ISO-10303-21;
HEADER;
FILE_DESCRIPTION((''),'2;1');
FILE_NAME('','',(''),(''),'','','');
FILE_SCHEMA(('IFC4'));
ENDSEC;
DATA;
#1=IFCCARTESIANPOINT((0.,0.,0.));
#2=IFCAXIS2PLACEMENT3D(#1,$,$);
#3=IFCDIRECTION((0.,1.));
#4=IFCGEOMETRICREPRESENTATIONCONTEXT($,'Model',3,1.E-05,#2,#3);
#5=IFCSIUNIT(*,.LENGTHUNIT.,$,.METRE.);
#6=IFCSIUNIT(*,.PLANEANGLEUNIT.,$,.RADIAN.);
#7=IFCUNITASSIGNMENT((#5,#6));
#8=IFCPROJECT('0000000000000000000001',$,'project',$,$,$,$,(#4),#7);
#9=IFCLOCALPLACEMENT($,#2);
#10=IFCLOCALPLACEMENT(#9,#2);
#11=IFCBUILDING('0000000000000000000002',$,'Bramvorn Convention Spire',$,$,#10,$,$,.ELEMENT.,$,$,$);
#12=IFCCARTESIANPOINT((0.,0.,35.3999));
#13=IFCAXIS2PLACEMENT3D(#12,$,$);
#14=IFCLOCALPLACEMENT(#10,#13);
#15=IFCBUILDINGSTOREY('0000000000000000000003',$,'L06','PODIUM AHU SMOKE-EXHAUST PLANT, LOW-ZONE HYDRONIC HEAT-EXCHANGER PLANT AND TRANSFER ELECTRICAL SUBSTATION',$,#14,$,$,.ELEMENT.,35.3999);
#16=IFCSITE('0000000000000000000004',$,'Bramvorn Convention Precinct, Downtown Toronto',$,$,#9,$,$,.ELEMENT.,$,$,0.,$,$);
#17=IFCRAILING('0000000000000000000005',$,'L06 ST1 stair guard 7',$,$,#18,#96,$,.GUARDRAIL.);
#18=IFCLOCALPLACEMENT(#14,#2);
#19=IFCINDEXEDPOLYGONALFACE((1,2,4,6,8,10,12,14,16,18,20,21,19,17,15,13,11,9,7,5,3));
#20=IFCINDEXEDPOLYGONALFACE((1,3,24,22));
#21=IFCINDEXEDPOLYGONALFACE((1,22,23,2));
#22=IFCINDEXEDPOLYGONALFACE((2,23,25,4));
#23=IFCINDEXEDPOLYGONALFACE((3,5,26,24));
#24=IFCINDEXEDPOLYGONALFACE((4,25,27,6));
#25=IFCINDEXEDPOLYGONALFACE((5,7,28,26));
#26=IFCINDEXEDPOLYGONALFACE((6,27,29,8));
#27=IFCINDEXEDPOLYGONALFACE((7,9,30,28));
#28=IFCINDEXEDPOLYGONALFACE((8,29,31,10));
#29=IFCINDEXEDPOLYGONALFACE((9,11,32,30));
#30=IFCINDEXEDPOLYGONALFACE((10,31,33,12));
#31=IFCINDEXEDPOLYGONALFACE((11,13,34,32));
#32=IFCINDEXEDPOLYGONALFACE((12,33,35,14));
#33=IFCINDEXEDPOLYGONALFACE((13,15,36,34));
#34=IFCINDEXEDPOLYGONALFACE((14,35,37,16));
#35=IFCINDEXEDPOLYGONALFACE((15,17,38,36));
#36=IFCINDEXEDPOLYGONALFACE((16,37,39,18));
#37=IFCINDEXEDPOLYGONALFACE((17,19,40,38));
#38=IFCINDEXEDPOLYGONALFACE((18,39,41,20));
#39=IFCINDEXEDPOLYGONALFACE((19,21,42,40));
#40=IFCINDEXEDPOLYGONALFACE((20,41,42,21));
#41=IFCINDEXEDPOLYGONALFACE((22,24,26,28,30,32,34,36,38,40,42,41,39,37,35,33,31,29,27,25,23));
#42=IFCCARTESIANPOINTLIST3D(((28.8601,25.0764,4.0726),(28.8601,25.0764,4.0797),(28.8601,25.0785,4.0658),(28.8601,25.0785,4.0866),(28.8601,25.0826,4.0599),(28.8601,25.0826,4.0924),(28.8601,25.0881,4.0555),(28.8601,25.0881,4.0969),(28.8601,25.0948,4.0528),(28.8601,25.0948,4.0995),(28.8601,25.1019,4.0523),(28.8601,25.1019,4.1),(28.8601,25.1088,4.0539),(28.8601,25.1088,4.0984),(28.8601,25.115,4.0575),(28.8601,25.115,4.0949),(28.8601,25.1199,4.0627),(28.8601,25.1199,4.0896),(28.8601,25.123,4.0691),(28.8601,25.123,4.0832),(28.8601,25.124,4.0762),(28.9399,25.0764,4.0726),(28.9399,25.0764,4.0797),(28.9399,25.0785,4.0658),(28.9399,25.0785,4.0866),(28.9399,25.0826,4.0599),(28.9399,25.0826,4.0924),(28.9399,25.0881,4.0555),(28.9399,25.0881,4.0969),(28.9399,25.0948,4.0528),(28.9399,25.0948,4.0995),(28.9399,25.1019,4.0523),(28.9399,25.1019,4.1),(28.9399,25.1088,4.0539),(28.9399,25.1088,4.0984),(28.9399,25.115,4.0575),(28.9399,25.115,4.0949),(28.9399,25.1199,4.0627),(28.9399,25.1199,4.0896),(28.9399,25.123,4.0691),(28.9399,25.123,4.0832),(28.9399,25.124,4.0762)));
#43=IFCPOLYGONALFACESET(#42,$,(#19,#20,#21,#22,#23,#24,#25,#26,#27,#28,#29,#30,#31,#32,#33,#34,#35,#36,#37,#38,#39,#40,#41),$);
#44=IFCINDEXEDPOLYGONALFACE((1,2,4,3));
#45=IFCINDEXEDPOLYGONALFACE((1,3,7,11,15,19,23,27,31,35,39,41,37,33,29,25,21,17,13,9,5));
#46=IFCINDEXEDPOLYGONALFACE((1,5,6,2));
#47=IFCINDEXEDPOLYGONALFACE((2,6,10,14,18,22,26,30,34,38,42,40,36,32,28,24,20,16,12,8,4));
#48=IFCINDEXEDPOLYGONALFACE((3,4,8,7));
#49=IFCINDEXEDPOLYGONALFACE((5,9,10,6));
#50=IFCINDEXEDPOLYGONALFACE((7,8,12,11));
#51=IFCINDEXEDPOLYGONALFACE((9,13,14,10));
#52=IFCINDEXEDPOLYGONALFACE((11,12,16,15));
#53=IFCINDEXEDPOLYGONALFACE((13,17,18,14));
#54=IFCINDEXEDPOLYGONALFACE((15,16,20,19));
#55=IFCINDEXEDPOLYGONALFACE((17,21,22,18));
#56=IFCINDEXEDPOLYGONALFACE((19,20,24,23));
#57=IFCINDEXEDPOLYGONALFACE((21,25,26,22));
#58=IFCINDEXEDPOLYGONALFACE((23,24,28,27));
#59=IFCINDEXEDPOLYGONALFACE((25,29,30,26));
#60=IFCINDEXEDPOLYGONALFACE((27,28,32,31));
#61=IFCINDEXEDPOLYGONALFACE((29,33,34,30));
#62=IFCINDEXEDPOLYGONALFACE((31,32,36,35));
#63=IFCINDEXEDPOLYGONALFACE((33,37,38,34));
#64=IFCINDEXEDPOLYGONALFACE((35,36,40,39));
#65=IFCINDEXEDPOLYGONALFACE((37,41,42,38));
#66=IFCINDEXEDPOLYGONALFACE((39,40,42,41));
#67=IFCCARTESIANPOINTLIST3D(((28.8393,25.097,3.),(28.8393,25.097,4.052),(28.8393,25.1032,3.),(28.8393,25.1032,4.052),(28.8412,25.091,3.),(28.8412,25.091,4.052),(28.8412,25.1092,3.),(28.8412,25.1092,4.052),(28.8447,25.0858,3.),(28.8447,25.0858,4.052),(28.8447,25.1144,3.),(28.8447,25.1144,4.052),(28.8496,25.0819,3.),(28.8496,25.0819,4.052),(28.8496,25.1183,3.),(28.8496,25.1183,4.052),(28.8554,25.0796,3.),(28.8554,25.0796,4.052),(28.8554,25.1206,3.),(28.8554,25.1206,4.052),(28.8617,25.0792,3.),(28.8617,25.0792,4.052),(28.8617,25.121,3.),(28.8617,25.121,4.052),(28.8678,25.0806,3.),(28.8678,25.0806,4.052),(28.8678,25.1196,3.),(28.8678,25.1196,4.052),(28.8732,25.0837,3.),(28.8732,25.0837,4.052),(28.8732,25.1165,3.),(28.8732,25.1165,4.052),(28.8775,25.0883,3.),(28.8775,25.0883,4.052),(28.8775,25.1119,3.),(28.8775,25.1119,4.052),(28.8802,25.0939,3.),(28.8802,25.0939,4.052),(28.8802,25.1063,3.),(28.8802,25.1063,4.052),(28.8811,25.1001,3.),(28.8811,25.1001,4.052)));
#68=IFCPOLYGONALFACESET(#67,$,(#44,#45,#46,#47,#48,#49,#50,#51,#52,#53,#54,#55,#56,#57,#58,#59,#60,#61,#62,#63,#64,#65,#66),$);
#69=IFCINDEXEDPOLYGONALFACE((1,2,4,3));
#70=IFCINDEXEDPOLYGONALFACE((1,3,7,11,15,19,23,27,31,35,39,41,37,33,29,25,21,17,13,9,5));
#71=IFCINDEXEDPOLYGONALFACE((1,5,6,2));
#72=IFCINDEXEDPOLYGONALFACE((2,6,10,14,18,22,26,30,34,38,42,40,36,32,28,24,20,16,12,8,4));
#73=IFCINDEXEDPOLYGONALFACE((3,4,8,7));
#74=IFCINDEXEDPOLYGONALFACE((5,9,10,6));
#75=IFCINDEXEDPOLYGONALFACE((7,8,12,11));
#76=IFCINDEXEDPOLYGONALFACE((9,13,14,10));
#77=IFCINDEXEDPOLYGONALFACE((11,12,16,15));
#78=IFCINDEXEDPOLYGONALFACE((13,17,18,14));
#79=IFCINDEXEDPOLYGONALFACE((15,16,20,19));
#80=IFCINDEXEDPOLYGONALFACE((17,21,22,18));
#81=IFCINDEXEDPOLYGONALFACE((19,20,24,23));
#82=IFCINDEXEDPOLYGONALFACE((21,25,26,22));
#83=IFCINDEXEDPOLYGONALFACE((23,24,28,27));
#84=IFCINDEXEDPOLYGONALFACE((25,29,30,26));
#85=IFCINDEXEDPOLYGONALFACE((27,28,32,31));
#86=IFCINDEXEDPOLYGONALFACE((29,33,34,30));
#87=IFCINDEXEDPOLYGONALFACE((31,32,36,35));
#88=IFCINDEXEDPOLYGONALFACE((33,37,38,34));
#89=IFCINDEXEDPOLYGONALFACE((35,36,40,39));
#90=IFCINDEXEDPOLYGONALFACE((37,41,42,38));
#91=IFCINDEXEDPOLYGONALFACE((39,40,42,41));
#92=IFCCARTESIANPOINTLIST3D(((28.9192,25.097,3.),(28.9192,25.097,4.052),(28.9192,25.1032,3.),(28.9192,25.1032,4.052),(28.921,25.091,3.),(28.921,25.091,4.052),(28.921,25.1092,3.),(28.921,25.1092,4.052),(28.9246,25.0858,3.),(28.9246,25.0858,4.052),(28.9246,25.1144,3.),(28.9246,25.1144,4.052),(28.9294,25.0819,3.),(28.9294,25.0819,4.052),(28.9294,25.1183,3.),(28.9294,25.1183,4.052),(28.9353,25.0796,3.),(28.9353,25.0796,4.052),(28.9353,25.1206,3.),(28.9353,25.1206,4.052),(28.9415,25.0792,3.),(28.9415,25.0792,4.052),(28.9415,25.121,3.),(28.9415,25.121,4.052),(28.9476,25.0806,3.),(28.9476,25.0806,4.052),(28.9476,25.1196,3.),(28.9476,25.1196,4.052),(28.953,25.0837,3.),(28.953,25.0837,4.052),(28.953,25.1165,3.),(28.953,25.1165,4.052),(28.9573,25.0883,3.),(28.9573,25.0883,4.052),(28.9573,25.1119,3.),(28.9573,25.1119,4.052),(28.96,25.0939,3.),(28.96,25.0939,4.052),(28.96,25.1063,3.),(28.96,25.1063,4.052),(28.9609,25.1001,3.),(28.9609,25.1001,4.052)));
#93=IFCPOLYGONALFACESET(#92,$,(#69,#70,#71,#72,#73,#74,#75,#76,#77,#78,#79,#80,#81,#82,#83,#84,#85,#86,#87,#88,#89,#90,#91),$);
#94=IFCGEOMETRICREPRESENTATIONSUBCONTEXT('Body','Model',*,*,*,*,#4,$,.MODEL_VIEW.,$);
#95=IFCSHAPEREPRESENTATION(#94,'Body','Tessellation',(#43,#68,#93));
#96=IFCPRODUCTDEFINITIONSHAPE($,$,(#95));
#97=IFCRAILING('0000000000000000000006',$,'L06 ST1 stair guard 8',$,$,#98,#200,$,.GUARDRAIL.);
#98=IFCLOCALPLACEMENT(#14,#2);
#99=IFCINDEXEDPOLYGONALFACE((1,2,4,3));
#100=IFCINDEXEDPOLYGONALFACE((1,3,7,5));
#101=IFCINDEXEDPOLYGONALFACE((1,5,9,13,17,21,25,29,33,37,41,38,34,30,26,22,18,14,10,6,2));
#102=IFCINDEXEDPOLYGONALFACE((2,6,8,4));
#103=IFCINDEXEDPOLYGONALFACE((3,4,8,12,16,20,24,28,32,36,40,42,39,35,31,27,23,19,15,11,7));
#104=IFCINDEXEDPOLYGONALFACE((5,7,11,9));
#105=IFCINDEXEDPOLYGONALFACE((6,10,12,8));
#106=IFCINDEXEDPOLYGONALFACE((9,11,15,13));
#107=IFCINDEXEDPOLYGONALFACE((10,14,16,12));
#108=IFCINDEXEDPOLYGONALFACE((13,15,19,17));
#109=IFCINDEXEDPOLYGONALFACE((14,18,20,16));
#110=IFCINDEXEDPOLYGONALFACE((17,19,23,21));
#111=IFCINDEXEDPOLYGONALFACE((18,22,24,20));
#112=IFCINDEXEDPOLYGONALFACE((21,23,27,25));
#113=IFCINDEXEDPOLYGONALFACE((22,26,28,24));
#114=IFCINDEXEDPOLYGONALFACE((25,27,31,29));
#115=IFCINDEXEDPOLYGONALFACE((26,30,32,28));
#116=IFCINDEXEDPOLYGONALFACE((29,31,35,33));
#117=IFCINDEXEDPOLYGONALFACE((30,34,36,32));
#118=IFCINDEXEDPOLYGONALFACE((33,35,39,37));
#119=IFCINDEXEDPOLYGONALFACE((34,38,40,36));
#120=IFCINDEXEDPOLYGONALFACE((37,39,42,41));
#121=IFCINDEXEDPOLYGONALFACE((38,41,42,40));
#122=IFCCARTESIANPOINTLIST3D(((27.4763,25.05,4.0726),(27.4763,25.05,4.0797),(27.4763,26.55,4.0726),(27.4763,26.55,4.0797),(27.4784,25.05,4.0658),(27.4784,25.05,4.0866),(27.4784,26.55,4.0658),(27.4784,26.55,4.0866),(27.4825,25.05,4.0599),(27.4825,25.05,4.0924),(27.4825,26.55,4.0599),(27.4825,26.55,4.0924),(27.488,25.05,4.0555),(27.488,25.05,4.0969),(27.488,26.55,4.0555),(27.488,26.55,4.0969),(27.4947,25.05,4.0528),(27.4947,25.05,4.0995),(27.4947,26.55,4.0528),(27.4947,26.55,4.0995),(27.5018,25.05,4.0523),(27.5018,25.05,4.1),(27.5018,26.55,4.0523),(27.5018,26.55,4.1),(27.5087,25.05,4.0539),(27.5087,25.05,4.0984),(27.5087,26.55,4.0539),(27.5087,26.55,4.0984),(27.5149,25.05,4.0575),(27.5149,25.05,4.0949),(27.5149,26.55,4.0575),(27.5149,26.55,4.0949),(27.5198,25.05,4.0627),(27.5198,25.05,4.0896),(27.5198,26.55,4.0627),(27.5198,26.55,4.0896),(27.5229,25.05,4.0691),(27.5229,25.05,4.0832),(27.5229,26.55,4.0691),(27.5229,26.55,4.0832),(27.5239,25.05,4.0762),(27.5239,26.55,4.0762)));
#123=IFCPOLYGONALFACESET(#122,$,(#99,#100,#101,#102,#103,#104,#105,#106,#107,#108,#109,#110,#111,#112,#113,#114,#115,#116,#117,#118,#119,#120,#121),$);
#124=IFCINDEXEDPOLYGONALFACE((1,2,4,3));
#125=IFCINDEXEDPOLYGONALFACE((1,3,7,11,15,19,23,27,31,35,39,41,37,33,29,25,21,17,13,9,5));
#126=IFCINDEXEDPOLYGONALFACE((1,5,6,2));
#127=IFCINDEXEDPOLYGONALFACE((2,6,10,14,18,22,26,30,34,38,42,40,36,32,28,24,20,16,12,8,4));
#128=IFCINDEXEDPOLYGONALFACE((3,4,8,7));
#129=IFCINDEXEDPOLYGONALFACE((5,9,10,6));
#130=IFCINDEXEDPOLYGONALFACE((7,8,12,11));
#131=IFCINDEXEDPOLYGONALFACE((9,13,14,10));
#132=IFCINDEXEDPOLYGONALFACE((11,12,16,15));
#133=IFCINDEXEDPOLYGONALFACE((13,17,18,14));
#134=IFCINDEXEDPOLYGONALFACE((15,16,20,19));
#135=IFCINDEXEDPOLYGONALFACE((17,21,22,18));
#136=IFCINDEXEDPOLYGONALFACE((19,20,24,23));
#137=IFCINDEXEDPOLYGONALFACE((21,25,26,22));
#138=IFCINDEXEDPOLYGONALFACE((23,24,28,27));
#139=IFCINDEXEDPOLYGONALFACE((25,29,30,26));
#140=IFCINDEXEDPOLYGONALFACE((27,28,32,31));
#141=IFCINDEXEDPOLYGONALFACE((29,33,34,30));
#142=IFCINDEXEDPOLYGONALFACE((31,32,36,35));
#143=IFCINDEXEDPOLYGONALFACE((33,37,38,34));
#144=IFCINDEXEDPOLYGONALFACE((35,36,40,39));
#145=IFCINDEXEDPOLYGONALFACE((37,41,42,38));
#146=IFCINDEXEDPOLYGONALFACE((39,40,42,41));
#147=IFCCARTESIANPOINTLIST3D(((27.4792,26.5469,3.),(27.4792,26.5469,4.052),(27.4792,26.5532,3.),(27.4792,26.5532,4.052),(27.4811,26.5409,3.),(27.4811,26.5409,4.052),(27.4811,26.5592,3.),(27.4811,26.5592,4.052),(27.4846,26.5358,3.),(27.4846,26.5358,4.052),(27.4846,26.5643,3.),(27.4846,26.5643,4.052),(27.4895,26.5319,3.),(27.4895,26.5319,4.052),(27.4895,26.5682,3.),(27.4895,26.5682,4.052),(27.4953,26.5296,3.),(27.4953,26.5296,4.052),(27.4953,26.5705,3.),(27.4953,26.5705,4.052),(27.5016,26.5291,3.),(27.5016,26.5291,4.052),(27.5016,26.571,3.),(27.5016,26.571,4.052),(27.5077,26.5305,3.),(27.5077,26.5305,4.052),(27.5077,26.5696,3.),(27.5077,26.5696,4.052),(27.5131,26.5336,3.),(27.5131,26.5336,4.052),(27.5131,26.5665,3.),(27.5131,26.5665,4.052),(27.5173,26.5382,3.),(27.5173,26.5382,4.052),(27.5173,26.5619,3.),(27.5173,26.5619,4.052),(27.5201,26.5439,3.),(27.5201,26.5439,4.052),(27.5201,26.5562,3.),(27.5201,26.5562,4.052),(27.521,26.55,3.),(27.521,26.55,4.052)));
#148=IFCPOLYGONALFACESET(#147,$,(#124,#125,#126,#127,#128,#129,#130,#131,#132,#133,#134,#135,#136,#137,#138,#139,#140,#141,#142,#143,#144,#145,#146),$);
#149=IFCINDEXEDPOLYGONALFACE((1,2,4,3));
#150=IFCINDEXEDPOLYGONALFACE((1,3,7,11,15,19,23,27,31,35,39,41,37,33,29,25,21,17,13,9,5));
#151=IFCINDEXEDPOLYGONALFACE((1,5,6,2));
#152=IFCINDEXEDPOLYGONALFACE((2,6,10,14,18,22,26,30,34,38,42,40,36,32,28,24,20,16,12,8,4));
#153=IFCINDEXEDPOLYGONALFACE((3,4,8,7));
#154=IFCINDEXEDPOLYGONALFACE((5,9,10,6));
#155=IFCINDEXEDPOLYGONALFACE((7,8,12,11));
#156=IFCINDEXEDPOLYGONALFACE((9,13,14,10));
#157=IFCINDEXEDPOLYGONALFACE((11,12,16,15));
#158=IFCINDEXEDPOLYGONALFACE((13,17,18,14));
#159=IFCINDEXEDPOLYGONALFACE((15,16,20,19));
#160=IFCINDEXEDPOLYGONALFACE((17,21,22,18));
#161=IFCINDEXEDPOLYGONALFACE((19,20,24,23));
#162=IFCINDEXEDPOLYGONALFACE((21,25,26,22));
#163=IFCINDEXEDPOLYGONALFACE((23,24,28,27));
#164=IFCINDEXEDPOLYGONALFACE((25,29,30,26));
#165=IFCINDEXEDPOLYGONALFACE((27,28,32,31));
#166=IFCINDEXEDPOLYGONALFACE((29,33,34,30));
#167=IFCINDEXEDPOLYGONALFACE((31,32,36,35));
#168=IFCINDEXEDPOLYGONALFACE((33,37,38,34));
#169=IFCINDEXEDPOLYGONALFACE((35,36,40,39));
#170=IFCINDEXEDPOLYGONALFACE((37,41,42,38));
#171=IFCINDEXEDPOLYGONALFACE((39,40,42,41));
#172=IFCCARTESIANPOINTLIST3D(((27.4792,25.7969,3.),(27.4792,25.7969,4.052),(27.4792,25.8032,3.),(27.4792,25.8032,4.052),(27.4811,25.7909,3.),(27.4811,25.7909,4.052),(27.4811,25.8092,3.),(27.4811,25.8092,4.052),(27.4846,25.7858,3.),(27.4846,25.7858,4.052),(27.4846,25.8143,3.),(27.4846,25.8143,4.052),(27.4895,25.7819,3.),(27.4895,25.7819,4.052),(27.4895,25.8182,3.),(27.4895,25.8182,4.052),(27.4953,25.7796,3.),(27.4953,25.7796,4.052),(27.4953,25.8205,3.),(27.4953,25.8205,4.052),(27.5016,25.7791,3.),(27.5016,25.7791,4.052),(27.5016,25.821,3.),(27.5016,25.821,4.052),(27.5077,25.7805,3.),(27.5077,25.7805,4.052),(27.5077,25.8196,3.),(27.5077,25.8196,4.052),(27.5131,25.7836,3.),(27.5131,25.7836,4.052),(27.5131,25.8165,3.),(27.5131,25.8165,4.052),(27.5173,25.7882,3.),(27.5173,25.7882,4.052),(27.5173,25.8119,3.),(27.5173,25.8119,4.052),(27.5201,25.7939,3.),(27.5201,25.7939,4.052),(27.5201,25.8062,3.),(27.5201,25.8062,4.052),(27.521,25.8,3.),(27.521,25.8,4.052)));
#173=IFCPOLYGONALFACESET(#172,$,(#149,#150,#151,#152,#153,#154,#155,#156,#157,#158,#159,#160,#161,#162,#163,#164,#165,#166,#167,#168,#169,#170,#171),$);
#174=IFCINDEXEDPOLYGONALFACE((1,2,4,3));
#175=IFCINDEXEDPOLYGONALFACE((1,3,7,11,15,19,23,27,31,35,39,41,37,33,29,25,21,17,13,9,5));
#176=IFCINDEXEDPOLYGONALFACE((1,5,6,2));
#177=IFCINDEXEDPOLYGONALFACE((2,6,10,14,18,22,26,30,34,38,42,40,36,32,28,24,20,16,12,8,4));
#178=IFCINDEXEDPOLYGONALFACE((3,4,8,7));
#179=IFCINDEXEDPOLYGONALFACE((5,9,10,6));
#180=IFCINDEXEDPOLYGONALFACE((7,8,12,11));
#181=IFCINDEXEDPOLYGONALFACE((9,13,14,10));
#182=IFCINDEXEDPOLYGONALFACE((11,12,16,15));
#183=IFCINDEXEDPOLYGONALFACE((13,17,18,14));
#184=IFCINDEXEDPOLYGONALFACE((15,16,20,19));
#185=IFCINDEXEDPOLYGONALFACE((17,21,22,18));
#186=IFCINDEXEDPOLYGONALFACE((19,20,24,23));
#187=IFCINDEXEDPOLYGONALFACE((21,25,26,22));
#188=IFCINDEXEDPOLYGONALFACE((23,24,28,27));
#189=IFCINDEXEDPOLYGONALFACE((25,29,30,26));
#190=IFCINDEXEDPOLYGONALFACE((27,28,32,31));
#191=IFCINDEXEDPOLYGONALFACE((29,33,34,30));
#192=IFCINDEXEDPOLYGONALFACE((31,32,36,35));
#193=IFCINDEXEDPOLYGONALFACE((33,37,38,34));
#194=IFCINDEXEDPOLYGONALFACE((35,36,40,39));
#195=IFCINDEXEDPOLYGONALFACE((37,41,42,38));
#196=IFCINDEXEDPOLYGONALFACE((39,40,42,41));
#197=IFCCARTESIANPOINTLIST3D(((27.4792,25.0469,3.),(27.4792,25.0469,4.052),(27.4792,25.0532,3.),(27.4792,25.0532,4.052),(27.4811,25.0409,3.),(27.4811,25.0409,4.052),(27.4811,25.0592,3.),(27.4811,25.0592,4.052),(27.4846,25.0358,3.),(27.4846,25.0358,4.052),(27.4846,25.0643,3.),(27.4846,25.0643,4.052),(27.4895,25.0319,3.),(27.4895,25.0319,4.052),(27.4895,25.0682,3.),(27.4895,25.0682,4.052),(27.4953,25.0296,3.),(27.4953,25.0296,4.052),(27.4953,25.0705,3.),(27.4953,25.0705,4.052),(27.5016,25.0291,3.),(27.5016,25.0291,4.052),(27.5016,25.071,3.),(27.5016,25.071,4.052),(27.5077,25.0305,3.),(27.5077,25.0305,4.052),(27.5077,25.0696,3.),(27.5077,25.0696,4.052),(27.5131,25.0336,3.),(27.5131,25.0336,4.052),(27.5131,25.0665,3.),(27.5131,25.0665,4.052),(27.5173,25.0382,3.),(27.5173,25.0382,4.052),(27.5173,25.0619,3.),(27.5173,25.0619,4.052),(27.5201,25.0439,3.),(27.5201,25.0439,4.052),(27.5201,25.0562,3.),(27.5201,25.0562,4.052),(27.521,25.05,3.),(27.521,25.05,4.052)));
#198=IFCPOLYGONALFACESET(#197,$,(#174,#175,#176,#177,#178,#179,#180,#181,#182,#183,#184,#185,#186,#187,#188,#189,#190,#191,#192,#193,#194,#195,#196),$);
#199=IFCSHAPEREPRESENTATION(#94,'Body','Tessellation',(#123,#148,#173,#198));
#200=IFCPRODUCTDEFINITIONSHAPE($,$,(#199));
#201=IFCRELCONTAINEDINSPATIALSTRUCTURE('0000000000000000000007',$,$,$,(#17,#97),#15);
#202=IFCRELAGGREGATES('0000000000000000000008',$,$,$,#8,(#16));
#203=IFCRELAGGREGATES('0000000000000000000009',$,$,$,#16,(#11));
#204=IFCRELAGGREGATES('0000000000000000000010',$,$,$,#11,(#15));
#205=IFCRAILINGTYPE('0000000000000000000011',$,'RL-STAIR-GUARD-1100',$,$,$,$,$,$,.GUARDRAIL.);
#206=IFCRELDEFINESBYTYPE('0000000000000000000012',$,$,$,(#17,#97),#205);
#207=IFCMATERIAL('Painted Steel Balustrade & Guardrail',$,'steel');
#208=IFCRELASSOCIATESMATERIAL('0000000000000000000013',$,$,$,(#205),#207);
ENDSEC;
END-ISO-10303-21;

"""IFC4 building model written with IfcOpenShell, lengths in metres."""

from ifc_helpers import new_model, si_unit, direction, frame, origin, origin_2d, place, context, subcontext, project, spatial, circle, extrude, material, type_object, element, save


model = new_model("IFC4")

# Units and contexts
model_context = context("Model", 3, precision=1e-05, world=origin(), true_north=direction((0.0, 1.0)))
body_context = subcontext(model_context, "Body", "Model", "MODEL_VIEW")
ifc_project = project(units=[si_unit("LENGTHUNIT", "METRE"), si_unit("PLANEANGLEUNIT", "RADIAN")], contexts=[model_context])

# Site, building, storey
site_placement = place(None, origin())
site = spatial("IfcSite", under=ifc_project, at=site_placement, Name="Bramvorn Convention Precinct, Downtown Toronto", CompositionType="ELEMENT", RefElevation=0.0)
building_placement = place(site_placement, origin())
building = spatial("IfcBuilding", under=site, at=building_placement, Name="Bramvorn Convention Spire", CompositionType="ELEMENT")
storey_placement = place(building_placement, frame((0.0, 0.0, 35.3999)))
storey = spatial("IfcBuildingStorey", under=building, at=storey_placement, Name="L06", Description="PODIUM AHU SMOKE-EXHAUST PLANT, LOW-ZONE HYDRONIC HEAT-EXCHANGER PLANT AND TRANSFER ELECTRICAL SUBSTATION", CompositionType="ELEMENT", Elevation=35.3999)

# Railings
ifc_material_1 = material(Name="Painted Steel Balustrade & Guardrail", Category="steel")
railing_type_1 = type_object("IfcRailingType", Name="RL-STAIR-GUARD-1100", PredefinedType="GUARDRAIL", material=ifc_material_1)
railing_1_placement = place(storey_placement, frame((28.8601, 25.1001, 3.0)))
element("IfcRailing", 1, at=railing_1_placement, inside=storey, type_object=railing_type_1, Name="L06 ST1 stair guard 7", PredefinedType="GUARDRAIL", context=body_context, shape_type="SweptSolid", body=[
    extrude(circle(Radius=0.0239, at=origin_2d()), frame((0.0, 0.0, 1.0762), z_axis=(1.0, 0.0, 0.0), x_axis=(0.0, 1.0, 0.0)), (0.0, 0.0, 1.0), 0.0798),
    extrude(circle(Radius=0.021, at=origin_2d()), origin(), (0.0, 0.0, 1.0), 1.052),
    extrude(circle(Radius=0.021, at=origin_2d()), frame((0.0798, 0.0, 0.0)), (0.0, 0.0, 1.0), 1.052),
])
for number, where, name in (
    (2, (27.5, 26.55, 3.0), "L06 ST1 stair guard 8"),
):
    element("IfcRailing", number, at=place(storey_placement, frame(where)), inside=storey, type_object=railing_type_1, Name=name, PredefinedType="GUARDRAIL", context=body_context, shape_type="SweptSolid", body=[
        extrude(circle(Radius=0.0239, at=origin_2d()), frame((0.0, 0.0, 1.0762), z_axis=(0.0, -1.0, 0.0), x_axis=(1.0, 0.0, 0.0)), (0.0, 0.0, 1.0), 1.5),
        extrude(circle(Radius=0.021, at=origin_2d()), origin(), (0.0, 0.0, 1.0), 1.052),
        extrude(circle(Radius=0.021, at=origin_2d()), frame((0.0, -0.75, 0.0)), (0.0, 0.0, 1.0), 1.052),
        extrude(circle(Radius=0.021, at=origin_2d()), frame((0.0, -1.5, 0.0)), (0.0, 0.0, 1.0), 1.052),
    ])

save(model, "model.ifc")
